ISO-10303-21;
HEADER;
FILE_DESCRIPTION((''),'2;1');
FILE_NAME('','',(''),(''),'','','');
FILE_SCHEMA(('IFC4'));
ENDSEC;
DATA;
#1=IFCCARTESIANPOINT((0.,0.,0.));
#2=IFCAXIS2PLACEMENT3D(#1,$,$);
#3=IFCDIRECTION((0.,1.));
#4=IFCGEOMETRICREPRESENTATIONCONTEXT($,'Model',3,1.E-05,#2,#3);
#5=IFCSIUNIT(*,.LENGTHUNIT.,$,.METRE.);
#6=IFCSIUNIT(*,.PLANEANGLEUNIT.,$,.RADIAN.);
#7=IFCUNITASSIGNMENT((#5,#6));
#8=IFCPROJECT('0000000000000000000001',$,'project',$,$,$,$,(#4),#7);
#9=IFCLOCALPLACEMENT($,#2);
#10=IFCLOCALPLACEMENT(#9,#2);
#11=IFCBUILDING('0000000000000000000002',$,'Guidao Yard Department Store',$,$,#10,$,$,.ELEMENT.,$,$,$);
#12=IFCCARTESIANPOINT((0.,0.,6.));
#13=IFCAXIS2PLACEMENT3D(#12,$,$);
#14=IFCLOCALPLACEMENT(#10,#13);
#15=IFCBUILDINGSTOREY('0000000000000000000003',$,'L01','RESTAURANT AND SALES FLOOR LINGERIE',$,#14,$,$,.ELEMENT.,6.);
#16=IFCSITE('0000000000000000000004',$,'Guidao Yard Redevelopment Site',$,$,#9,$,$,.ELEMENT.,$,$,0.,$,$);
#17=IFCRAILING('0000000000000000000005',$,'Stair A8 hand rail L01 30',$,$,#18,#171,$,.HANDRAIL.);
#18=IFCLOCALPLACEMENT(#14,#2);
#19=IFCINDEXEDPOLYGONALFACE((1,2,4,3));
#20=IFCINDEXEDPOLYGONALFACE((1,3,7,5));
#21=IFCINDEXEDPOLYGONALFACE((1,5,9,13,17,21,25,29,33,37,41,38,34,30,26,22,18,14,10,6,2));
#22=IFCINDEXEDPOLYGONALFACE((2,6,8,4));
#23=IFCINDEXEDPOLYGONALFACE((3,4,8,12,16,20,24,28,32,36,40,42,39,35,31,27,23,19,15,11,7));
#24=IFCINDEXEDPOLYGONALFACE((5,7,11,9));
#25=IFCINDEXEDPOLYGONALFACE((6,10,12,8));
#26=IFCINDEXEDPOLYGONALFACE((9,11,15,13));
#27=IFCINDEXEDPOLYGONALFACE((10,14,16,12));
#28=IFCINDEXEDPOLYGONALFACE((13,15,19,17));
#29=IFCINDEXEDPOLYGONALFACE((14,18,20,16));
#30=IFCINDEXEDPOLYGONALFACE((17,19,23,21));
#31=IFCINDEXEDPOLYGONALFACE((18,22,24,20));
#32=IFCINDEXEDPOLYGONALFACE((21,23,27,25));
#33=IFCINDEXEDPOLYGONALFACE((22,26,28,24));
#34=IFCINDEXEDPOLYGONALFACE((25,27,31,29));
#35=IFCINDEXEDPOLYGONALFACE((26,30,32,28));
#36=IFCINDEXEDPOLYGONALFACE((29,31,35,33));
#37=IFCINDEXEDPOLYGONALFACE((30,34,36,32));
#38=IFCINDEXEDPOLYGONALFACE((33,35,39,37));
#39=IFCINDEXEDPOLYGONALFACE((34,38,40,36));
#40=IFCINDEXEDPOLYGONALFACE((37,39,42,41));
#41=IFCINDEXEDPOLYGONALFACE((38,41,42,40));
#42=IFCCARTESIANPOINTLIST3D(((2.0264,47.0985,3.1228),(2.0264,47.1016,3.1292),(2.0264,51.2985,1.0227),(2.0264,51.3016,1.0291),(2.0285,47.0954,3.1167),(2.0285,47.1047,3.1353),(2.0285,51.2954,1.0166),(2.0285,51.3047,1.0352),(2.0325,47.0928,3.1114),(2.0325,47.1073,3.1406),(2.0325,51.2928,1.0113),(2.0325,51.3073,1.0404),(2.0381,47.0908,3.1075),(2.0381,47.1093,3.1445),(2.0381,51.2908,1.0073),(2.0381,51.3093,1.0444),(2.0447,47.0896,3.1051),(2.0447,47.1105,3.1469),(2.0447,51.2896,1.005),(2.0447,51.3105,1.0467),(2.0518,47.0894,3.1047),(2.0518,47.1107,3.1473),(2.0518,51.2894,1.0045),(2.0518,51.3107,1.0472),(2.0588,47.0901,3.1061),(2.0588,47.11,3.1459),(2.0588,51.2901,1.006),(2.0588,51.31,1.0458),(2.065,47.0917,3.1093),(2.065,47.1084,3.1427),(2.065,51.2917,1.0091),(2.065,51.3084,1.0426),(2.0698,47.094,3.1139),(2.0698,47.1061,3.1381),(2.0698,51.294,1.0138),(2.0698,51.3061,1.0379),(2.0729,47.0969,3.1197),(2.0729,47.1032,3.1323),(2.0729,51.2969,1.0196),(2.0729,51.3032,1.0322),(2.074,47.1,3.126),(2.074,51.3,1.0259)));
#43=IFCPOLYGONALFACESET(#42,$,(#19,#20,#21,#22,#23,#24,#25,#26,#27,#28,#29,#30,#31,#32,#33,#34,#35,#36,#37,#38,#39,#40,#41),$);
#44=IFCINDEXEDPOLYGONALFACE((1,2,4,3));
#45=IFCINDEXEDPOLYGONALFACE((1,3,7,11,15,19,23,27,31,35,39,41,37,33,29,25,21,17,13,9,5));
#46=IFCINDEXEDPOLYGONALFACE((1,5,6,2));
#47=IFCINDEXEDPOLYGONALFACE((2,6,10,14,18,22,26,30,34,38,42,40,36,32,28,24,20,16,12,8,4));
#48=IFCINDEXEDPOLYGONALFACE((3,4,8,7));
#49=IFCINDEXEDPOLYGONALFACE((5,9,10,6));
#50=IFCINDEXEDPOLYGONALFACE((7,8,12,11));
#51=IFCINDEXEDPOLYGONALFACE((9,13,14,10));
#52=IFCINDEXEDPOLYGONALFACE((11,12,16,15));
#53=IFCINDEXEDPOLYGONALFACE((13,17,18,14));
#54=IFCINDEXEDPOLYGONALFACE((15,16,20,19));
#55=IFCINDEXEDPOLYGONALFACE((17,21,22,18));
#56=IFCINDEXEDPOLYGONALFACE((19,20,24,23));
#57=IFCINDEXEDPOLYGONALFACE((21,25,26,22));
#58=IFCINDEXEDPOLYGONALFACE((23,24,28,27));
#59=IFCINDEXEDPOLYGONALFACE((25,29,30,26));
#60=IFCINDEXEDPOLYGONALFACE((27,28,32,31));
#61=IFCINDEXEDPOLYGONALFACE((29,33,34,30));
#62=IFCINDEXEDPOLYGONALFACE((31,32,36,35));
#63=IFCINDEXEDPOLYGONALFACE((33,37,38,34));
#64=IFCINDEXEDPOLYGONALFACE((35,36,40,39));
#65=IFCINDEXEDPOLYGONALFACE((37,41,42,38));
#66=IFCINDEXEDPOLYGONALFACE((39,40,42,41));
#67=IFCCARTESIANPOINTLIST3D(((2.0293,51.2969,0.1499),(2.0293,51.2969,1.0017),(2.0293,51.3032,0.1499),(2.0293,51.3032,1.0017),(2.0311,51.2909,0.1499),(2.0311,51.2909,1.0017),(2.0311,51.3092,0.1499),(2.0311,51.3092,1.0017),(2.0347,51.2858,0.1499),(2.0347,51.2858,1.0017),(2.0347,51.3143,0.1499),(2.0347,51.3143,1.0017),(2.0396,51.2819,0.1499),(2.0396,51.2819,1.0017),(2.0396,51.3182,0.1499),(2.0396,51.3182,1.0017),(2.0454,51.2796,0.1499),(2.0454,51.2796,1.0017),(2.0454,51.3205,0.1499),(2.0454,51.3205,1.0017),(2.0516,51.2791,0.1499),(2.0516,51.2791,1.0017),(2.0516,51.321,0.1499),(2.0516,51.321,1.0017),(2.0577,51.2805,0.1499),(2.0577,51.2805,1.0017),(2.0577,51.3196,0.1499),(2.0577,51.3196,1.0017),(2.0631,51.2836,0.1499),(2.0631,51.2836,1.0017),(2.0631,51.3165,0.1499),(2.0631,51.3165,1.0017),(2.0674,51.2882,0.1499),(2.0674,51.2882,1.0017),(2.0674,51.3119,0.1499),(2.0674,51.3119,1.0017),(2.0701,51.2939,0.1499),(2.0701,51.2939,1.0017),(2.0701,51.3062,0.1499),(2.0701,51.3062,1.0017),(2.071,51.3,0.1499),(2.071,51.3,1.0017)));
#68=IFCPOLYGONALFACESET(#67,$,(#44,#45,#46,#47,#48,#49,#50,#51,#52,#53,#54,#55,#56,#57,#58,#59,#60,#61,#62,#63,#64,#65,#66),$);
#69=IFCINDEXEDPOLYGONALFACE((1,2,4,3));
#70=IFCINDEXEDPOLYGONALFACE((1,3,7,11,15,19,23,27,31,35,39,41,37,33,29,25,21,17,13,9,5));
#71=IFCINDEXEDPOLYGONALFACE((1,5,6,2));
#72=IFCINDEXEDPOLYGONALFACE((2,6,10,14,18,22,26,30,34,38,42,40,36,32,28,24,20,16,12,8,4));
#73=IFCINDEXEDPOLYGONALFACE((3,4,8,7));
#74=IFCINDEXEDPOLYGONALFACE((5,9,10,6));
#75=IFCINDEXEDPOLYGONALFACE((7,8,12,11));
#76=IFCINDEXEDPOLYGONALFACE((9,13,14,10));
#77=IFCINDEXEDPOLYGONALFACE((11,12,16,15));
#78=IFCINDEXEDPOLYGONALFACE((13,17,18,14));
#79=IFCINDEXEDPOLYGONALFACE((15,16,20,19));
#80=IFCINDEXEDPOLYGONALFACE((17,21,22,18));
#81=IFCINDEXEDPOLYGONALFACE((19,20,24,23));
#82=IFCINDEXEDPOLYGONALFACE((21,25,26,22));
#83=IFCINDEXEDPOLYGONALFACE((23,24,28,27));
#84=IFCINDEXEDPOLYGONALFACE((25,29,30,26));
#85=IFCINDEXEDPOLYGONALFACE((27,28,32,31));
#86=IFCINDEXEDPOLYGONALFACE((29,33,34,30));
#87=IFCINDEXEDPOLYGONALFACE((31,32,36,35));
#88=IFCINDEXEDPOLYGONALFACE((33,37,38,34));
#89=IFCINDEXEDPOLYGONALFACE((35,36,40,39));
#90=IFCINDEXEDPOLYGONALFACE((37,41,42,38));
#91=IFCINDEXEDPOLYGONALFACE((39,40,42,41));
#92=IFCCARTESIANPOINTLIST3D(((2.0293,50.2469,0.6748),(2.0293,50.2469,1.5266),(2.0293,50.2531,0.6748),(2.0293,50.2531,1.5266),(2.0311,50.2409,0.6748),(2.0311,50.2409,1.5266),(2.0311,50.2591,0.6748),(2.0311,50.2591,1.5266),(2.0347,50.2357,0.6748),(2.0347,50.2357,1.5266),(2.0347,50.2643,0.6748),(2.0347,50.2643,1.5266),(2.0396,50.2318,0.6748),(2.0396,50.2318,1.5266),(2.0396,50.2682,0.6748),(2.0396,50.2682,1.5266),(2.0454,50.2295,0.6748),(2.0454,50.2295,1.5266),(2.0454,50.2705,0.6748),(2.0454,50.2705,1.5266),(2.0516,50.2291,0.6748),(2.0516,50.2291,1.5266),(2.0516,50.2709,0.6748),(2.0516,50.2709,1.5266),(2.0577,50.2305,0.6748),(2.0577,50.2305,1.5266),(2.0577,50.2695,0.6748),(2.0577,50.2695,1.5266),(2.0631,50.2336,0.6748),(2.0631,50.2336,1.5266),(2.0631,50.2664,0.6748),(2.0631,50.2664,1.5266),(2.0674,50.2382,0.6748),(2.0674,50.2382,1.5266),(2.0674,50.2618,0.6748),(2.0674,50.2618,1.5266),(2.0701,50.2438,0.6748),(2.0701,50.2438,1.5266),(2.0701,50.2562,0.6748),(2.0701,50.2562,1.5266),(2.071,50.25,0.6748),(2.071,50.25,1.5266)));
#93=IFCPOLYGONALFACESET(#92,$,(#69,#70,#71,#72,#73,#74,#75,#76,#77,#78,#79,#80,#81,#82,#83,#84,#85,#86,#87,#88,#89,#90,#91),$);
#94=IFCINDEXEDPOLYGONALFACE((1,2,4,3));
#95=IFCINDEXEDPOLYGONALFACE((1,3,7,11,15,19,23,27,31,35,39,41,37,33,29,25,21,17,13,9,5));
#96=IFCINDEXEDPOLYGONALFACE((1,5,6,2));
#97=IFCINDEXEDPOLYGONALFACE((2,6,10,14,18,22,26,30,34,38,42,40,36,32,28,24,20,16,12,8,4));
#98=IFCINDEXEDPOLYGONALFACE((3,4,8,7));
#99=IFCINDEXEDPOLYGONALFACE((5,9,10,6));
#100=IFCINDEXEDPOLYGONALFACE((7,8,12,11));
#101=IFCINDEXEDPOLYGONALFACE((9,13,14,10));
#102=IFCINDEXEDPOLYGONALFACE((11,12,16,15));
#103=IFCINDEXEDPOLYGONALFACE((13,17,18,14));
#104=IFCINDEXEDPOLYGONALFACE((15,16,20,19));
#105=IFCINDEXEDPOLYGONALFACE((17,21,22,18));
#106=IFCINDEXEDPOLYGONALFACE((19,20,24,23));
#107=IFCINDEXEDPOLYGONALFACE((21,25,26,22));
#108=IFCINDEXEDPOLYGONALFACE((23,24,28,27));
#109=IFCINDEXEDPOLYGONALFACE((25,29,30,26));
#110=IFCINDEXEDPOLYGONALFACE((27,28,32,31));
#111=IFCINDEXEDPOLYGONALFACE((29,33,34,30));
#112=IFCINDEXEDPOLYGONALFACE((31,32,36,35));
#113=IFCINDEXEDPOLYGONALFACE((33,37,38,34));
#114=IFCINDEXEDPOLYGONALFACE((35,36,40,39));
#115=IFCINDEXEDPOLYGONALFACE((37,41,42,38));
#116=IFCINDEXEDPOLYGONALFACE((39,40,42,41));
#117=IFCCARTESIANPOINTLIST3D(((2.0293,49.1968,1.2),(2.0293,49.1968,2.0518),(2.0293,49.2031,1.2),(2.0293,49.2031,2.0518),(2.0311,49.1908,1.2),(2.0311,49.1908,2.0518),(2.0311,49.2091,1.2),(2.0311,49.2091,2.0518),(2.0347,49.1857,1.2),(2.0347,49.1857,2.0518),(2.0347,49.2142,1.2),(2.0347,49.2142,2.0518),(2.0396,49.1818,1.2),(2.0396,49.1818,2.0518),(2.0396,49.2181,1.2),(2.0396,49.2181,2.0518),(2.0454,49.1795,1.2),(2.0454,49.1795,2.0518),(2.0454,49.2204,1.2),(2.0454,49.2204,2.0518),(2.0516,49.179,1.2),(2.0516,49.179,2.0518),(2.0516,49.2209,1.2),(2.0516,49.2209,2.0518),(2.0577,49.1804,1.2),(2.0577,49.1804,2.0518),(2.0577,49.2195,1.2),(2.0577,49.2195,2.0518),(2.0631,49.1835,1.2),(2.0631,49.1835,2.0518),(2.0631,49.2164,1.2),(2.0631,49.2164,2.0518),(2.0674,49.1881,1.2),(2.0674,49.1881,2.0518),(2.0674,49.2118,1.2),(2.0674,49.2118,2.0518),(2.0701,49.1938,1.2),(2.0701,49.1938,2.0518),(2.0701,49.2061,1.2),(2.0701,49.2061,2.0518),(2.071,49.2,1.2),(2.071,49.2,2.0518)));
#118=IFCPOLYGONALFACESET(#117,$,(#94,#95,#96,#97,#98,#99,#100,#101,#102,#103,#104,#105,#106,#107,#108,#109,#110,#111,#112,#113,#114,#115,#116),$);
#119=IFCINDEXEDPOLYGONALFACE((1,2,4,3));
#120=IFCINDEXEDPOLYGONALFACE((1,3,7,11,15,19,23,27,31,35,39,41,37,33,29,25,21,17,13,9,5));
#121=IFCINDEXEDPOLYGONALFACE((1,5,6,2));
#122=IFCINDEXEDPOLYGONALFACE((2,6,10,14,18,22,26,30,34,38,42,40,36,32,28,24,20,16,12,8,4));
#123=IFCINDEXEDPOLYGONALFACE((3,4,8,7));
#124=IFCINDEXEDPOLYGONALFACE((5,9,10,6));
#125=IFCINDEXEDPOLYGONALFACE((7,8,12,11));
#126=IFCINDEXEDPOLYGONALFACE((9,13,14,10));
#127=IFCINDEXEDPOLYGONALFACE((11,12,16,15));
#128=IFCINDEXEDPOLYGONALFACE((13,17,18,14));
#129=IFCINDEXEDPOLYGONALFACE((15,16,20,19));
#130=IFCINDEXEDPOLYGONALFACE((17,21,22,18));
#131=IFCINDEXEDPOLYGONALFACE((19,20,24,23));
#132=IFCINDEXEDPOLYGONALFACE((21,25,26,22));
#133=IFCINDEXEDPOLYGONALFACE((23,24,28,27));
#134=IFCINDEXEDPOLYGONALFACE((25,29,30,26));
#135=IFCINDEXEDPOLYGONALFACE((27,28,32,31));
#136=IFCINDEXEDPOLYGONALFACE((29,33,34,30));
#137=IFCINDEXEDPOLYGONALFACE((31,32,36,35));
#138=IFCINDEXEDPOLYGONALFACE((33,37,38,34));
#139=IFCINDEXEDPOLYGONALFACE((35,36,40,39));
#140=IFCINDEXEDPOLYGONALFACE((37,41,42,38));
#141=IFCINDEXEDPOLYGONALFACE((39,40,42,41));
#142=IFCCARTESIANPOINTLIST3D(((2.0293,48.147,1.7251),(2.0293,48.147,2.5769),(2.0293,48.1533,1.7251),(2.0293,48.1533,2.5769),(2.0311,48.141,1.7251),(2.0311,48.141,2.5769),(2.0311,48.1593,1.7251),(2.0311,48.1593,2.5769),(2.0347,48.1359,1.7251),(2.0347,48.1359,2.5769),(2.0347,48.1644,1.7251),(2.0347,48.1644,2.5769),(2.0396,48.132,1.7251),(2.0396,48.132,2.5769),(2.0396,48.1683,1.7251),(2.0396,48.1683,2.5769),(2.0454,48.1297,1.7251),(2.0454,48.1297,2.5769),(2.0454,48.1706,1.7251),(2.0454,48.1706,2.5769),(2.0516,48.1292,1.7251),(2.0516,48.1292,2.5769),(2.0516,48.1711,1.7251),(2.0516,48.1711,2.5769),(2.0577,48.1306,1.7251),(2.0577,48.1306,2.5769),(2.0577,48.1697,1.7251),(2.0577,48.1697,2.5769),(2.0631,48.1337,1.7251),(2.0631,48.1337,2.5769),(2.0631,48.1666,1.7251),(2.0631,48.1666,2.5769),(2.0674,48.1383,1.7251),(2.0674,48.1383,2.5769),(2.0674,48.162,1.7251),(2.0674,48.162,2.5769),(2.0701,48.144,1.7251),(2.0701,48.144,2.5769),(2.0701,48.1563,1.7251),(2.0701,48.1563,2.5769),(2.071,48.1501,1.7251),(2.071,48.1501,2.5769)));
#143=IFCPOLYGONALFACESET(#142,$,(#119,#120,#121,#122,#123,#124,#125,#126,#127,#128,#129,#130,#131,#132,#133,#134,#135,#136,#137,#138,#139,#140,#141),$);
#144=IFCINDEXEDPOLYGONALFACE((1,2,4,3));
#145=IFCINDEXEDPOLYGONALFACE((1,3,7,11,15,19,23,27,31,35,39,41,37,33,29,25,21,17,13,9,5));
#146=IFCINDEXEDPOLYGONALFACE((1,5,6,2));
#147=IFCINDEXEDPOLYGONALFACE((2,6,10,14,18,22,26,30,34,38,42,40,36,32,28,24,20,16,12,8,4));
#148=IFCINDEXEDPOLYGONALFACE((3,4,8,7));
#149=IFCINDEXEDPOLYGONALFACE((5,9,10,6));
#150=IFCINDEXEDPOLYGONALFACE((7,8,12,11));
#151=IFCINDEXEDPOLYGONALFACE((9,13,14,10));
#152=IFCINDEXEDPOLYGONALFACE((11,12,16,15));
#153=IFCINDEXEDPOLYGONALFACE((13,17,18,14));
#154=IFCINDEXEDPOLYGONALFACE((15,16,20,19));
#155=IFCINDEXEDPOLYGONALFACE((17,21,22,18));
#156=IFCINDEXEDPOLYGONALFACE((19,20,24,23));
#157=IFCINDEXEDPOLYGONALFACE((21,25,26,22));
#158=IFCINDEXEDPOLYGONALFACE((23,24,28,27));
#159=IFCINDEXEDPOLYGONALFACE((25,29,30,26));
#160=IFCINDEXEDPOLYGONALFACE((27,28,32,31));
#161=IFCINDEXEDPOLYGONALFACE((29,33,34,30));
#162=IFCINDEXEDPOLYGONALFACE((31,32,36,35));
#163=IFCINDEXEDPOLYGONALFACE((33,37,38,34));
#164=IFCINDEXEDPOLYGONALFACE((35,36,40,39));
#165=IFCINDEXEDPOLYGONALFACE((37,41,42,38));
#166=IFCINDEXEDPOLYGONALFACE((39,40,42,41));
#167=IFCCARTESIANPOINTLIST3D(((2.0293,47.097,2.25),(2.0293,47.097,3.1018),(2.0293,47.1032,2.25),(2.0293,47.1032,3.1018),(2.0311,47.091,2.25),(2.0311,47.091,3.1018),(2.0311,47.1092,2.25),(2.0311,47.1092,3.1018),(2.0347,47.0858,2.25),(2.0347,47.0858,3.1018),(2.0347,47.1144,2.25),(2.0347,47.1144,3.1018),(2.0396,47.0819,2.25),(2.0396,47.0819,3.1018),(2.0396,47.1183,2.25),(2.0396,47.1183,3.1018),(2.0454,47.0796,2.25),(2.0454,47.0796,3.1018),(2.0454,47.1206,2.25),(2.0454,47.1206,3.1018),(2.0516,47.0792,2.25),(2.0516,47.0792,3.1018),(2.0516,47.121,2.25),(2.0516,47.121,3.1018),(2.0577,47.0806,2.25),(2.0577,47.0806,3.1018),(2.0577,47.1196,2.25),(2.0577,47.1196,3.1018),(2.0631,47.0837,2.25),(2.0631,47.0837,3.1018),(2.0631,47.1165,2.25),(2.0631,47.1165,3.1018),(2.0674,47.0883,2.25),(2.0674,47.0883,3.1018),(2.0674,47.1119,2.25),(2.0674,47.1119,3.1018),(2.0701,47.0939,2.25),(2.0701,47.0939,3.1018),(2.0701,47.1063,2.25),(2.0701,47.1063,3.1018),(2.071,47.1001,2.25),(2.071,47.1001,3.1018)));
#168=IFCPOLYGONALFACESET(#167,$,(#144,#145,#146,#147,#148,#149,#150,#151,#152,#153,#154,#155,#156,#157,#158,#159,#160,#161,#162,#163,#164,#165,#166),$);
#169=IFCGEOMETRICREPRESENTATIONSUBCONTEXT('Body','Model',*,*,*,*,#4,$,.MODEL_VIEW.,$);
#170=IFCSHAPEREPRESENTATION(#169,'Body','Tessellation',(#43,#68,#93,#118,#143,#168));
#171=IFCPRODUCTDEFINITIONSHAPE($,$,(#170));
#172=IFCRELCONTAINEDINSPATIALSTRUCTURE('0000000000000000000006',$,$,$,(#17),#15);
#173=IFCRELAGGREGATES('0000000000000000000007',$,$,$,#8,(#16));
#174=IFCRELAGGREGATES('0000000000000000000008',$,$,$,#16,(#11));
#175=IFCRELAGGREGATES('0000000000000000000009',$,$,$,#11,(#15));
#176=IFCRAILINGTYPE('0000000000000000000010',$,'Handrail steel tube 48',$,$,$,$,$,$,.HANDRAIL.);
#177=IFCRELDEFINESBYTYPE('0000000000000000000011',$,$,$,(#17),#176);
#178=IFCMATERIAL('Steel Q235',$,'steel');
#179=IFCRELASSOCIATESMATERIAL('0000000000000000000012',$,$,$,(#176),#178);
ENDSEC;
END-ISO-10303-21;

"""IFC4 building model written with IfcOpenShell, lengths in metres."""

from ifc_helpers import new_model, si_unit, direction, frame, origin, origin_2d, place, context, subcontext, project, spatial, circle, extrude, material, type_object, element, save


model = new_model("IFC4")

# Units and contexts
model_context = context("Model", 3, precision=1e-05, world=origin(), true_north=direction((0.0, 1.0)))
body_context = subcontext(model_context, "Body", "Model", "MODEL_VIEW")
ifc_project = project(units=[si_unit("LENGTHUNIT", "METRE"), si_unit("PLANEANGLEUNIT", "RADIAN")], contexts=[model_context])

# Site, building, storey
site_placement = place(None, origin())
site = spatial("IfcSite", under=ifc_project, at=site_placement, Name="Guidao Yard Redevelopment Site", CompositionType="ELEMENT", RefElevation=0.0)
building_placement = place(site_placement, origin())
building = spatial("IfcBuilding", under=site, at=building_placement, Name="Guidao Yard Department Store", CompositionType="ELEMENT")
storey_placement = place(building_placement, frame((0.0, 0.0, 6.0)))
storey = spatial("IfcBuildingStorey", under=building, at=storey_placement, Name="L01", Description="RESTAURANT AND SALES FLOOR LINGERIE", CompositionType="ELEMENT", Elevation=6.0)

# Railing
ifc_material_1 = material(Name="Steel Q235", Category="steel")
railing_type_1 = type_object("IfcRailingType", Name="Handrail steel tube 48", PredefinedType="HANDRAIL", material=ifc_material_1)
for number, where, name in (
    (1, (2.05, 51.3, 0.1499), "Stair A8 hand rail L01 30"),
):
    element("IfcRailing", number, at=place(storey_placement, frame(where)), inside=storey, type_object=railing_type_1, Name=name, PredefinedType="HANDRAIL", context=body_context, shape_type="SweptSolid", body=[
        extrude(circle(Radius=0.0239, at=origin_2d()), frame((0.0, 0.0, 0.876), z_axis=(0.0, -0.894417, 0.447234), x_axis=(1.0, 0.0, 0.0)), (0.0, 0.0, 1.0), 4.6958),
        extrude(circle(Radius=0.021, at=origin_2d()), origin(), (0.0, 0.0, 1.0), 0.8518),
        extrude(circle(Radius=0.021, at=origin_2d()), frame((0.0, -1.05, 0.5249)), (0.0, 0.0, 1.0), 0.8518),
        extrude(circle(Radius=0.021, at=origin_2d()), frame((0.0, -2.1001, 1.05)), (0.0, 0.0, 1.0), 0.8518),
        extrude(circle(Radius=0.021, at=origin_2d()), frame((0.0, -3.1499, 1.5752)), (0.0, 0.0, 1.0), 0.8518),
        extrude(circle(Radius=0.021, at=origin_2d()), frame((0.0, -4.2, 2.1001)), (0.0, 0.0, 1.0), 0.8518),
    ])

save(model, "model.ifc")
